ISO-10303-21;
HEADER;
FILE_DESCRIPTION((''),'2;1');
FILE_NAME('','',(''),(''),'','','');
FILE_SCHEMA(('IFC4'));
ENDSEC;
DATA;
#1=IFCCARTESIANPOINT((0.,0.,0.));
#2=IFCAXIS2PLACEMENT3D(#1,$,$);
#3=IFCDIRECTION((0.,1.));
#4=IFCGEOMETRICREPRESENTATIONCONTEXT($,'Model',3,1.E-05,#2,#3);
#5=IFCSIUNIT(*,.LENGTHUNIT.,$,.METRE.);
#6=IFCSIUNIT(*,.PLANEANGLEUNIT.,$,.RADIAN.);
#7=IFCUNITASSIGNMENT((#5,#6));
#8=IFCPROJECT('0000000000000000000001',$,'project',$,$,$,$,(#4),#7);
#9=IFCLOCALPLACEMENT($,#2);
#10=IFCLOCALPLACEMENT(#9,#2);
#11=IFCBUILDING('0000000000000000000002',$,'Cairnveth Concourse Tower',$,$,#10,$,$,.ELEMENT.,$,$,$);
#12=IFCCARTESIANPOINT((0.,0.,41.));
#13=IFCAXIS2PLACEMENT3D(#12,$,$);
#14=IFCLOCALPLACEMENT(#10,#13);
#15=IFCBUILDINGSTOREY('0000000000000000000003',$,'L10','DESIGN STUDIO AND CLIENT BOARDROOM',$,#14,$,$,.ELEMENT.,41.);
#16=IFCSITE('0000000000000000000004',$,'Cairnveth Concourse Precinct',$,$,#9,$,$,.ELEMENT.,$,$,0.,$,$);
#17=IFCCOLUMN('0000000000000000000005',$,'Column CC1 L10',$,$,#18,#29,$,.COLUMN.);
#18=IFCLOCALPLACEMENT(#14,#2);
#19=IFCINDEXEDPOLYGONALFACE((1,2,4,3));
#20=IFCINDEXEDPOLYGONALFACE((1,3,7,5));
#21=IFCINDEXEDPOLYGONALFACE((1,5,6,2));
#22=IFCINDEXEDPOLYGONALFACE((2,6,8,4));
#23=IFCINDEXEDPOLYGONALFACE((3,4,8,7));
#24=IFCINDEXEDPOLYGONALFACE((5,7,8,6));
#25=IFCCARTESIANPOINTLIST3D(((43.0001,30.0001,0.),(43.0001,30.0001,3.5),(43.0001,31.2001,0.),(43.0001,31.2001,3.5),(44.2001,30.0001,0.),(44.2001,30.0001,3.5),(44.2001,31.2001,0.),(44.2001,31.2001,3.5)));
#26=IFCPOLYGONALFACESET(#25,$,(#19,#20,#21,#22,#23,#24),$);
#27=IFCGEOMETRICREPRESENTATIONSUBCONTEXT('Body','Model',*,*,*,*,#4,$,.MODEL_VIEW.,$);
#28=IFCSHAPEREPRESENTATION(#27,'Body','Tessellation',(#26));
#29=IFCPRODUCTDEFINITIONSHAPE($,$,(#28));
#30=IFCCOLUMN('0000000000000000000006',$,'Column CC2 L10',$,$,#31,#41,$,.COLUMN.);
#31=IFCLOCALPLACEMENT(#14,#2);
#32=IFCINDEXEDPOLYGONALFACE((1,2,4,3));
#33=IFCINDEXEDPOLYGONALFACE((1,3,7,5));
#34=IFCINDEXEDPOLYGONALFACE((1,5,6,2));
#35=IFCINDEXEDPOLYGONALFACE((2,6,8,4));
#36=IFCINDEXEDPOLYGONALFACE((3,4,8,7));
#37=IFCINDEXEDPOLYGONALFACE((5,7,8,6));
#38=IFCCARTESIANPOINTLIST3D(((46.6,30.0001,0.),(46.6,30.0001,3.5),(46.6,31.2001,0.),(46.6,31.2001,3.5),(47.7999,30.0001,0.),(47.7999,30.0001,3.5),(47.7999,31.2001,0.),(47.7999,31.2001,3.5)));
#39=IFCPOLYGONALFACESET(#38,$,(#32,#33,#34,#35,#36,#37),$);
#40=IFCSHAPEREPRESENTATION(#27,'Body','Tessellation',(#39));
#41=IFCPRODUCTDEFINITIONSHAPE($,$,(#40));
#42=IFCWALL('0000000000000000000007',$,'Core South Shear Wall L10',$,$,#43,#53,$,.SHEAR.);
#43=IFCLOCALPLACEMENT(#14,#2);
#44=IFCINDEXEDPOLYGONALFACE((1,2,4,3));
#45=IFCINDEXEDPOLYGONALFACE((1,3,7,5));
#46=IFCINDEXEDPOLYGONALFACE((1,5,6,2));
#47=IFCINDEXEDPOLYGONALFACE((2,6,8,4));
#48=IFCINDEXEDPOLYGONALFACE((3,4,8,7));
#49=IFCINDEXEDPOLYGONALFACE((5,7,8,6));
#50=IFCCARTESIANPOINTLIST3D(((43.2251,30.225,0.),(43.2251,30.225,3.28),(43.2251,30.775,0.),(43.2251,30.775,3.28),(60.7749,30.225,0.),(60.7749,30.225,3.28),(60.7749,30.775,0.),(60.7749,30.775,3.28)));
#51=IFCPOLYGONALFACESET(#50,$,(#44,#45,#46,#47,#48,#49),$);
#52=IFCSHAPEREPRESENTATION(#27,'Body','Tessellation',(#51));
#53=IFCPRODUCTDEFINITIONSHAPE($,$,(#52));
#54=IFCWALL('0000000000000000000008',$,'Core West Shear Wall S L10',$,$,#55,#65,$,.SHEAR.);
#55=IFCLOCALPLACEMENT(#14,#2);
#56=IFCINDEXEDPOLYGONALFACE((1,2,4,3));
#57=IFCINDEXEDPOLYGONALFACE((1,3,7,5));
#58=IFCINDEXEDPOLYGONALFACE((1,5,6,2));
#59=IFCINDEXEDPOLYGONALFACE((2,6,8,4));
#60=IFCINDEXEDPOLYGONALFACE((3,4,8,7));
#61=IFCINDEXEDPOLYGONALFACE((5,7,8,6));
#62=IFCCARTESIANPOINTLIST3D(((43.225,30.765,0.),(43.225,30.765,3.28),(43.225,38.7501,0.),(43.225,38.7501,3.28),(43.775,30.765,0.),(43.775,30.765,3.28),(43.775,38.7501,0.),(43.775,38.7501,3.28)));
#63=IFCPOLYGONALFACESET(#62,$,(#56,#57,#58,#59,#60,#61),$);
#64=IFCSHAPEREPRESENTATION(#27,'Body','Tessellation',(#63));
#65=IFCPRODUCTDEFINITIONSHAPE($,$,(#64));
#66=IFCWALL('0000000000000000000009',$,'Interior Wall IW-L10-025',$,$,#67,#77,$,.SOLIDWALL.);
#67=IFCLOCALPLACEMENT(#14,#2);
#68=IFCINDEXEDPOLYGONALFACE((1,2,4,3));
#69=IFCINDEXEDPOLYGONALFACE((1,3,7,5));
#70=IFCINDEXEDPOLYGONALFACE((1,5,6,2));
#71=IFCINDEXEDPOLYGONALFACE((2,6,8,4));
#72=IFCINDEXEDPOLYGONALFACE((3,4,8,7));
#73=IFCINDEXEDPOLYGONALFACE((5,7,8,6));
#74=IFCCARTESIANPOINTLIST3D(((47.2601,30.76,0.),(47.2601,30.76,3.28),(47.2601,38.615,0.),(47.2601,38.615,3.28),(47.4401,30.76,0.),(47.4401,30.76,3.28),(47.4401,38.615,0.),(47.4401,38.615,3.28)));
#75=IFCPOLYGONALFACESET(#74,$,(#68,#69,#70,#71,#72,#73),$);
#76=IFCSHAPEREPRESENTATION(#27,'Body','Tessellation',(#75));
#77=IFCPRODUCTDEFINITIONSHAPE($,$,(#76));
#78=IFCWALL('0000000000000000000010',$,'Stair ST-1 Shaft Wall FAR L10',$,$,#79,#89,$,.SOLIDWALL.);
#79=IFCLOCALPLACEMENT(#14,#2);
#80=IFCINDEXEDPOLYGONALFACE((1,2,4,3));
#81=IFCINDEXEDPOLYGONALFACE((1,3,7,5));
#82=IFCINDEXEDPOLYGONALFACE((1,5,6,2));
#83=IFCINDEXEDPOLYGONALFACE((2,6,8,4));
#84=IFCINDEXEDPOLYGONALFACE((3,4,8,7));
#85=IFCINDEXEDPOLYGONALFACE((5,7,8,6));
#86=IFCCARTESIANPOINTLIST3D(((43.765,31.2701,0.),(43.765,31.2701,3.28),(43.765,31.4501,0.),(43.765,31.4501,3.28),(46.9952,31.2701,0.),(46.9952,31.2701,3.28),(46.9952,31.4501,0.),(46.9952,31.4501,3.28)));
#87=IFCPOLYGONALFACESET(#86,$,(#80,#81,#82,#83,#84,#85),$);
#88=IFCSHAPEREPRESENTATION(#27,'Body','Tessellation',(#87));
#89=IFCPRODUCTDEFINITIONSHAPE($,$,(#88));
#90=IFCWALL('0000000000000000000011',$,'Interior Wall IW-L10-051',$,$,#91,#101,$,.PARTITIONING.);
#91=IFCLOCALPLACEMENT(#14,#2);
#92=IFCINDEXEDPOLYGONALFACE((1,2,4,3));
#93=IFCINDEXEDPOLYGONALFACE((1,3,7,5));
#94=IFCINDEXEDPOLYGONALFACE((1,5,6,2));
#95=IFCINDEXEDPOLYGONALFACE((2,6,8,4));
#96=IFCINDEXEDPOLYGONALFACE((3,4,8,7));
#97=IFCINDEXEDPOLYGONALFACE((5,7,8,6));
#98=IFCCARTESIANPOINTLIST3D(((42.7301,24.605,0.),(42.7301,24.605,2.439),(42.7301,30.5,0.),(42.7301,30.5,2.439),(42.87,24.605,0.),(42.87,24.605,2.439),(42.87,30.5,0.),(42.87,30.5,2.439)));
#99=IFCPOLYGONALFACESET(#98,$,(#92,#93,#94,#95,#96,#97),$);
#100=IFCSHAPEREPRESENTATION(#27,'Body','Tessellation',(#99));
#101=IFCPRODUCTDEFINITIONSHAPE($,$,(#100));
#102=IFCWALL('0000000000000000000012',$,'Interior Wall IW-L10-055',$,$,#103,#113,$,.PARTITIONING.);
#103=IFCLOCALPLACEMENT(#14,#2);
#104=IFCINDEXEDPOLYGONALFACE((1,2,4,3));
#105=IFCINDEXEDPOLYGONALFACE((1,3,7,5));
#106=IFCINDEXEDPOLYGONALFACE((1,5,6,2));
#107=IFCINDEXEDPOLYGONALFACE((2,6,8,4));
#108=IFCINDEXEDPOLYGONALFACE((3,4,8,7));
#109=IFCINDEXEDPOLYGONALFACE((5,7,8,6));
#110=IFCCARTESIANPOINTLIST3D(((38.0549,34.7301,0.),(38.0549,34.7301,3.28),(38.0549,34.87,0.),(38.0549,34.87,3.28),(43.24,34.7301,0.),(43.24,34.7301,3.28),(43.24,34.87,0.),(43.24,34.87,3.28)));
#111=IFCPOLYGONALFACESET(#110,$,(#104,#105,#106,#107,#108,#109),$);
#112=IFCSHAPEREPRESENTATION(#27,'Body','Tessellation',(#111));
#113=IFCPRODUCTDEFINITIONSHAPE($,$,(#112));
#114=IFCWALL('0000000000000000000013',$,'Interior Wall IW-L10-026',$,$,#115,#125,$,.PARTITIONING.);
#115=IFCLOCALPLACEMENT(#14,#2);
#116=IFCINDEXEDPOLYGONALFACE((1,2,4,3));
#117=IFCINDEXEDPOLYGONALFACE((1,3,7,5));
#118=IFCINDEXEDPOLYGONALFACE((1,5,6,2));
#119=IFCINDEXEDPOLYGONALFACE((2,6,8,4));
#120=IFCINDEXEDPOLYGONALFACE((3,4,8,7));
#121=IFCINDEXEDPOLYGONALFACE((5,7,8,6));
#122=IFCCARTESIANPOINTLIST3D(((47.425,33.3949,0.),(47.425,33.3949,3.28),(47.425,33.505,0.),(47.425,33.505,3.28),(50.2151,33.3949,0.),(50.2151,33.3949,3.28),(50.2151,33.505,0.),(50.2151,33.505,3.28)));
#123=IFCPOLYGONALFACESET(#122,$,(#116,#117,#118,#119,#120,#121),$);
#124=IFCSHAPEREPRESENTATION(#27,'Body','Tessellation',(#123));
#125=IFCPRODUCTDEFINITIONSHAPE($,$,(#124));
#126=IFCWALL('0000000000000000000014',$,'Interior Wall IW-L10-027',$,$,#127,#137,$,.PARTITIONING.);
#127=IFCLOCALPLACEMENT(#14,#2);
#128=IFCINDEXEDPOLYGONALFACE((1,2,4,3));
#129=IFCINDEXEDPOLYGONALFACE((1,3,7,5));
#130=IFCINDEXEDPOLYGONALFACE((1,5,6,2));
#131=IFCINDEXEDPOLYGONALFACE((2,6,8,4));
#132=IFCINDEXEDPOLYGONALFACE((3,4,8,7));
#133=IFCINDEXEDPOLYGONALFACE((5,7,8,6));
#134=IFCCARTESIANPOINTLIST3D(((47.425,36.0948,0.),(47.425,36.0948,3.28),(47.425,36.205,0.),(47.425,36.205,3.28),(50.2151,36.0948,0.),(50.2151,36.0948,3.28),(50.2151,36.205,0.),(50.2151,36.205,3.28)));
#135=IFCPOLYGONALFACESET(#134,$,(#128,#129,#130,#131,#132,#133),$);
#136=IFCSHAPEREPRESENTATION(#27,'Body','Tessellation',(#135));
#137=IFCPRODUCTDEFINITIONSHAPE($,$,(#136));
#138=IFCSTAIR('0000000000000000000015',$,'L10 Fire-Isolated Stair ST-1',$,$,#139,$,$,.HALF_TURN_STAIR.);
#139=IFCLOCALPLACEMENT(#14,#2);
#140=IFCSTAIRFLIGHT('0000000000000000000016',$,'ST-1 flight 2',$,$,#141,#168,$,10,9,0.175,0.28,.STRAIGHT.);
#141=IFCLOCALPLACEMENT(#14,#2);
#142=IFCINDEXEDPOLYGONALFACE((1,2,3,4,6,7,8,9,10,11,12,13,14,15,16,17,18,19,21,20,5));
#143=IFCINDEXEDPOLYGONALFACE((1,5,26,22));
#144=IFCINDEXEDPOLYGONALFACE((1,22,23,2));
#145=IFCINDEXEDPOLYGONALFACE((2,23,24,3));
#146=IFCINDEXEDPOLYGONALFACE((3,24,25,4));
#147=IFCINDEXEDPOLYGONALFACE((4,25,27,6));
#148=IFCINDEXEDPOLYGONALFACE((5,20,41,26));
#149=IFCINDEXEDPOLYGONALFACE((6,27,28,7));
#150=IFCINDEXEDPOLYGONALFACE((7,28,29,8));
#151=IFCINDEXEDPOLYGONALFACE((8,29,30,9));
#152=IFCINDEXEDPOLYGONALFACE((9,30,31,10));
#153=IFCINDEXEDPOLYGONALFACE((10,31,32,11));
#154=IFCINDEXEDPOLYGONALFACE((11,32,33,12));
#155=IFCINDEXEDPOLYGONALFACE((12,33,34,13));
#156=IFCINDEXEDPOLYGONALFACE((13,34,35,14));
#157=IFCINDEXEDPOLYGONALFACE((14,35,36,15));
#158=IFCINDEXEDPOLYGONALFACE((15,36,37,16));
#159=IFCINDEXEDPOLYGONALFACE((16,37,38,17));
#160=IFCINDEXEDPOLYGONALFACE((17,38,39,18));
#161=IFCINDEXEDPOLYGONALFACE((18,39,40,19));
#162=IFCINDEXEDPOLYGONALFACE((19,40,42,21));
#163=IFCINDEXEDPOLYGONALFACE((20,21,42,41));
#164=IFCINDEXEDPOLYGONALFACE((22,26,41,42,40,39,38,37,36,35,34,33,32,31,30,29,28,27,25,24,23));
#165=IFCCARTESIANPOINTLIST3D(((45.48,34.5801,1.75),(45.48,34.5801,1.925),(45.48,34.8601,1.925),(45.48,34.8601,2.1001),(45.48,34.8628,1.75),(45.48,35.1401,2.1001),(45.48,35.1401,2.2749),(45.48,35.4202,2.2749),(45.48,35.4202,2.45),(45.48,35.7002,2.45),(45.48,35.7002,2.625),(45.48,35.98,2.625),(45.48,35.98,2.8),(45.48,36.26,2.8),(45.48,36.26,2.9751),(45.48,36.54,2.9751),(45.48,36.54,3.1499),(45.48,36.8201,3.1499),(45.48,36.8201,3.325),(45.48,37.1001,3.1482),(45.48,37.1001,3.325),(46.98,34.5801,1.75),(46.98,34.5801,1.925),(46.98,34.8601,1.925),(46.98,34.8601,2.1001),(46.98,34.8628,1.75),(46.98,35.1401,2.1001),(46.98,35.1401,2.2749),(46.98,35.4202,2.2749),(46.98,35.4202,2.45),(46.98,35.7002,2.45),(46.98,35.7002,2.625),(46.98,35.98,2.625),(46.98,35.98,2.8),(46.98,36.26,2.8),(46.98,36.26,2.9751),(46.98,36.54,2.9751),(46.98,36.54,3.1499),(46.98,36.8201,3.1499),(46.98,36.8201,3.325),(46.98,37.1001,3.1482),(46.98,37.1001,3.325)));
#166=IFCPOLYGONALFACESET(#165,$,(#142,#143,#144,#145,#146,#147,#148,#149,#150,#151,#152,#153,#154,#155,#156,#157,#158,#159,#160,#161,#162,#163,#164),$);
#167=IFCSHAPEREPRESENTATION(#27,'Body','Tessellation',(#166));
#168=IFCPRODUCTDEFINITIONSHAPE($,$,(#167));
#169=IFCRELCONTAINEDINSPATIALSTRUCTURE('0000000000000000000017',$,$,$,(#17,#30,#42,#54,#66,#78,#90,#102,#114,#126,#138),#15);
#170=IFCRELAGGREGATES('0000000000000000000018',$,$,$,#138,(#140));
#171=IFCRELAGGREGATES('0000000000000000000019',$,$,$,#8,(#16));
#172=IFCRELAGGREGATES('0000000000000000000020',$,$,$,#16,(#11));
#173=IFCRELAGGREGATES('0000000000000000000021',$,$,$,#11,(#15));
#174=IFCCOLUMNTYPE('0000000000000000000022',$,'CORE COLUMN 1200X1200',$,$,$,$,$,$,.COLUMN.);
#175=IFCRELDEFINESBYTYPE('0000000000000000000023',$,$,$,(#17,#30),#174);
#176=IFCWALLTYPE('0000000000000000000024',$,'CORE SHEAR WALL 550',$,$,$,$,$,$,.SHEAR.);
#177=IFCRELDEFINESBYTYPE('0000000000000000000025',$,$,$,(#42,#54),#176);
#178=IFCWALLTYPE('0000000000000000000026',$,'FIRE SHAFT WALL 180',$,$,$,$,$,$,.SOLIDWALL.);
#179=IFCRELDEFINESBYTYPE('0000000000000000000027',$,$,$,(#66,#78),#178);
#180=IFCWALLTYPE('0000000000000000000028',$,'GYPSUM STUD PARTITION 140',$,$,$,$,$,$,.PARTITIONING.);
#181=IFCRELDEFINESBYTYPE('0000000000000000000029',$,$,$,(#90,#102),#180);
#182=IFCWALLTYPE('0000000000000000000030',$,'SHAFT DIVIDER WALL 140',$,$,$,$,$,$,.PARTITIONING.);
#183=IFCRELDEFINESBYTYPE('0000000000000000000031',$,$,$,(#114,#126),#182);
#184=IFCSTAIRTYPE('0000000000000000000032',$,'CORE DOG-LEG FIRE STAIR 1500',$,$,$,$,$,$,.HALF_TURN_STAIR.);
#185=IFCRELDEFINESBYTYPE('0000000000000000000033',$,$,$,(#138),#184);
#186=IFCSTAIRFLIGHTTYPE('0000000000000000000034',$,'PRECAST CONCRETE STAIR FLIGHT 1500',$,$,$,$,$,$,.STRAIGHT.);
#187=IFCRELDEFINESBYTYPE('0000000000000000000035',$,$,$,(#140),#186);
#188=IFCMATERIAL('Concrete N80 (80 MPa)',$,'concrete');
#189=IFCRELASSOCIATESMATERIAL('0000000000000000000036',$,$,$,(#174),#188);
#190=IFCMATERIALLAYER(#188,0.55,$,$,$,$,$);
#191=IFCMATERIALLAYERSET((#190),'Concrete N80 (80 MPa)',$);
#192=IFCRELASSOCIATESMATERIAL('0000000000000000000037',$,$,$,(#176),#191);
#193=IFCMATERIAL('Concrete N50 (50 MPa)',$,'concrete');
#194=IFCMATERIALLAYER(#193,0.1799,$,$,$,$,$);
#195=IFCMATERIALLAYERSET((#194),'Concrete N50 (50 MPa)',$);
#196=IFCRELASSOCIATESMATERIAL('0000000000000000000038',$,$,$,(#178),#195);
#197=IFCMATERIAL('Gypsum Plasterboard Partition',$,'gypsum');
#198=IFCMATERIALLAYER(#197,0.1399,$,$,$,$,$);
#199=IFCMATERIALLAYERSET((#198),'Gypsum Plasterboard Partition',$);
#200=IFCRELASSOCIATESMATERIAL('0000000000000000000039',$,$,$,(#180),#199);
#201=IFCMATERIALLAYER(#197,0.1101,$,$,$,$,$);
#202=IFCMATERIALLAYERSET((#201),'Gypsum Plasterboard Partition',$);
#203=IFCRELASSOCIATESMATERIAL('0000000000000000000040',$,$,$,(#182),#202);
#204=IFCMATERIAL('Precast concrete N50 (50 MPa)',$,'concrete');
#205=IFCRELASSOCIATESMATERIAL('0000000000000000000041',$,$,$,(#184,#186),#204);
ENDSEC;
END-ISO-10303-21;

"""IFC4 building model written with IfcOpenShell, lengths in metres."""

from ifc_helpers import new_model, si_unit, direction, frame, frame_2d, origin, origin_2d, place, context, subcontext, project, spatial, polyline, rectangle, outline, extrude, material, layer, layer_set, material_profile, profile_set, type_object, element, aggregate, save


model = new_model("IFC4")

# Units and contexts
model_context = context("Model", 3, precision=1e-05, world=origin(), true_north=direction((0.0, 1.0)))
body_context = subcontext(model_context, "Body", "Model", "MODEL_VIEW")
ifc_project = project(units=[si_unit("LENGTHUNIT", "METRE"), si_unit("PLANEANGLEUNIT", "RADIAN")], contexts=[model_context])

# Site, building, storey
site_placement = place(None, origin())
site = spatial("IfcSite", under=ifc_project, at=site_placement, Name="Cairnveth Concourse Precinct", CompositionType="ELEMENT", RefElevation=0.0)
building_placement = place(site_placement, origin())
building = spatial("IfcBuilding", under=site, at=building_placement, Name="Cairnveth Concourse Tower", CompositionType="ELEMENT")
storey_placement = place(building_placement, frame((0.0, 0.0, 41.0)))
storey = spatial("IfcBuildingStorey", under=building, at=storey_placement, Name="L10", Description="DESIGN STUDIO AND CLIENT BOARDROOM", CompositionType="ELEMENT", Elevation=41.0)

# Columns
ifc_material_1 = material(Name="Concrete N80 (80 MPa)", Category="concrete")
ifc_material_profile = material_profile(ifc_material_1, rectangle(XDim=1.2, YDim=1.2, at=origin_2d()), Name="RC-COL-1200x1200")
ifc_profile_set = profile_set([ifc_material_profile], Name="Concrete N80 (80 MPa)")
column_type = type_object("IfcColumnType", Name="CORE COLUMN 1200X1200", PredefinedType="COLUMN", material=ifc_profile_set)
for number, where, z_axis, x_axis, name in (
    (1, (43.6001, 30.6001, 0.0), (0.0, 0.0, 1.0), (1.0, 0.0, 0.0), "Column CC1 L10"),
    (2, (47.2, 30.6001, 0.0), (0.0, 0.0, 1.0), (1.0, 0.0, 0.0), "Column CC2 L10"),
):
    element("IfcColumn", number, at=place(storey_placement, frame(where, z_axis=z_axis, x_axis=x_axis)), inside=storey, type_object=column_type, Name=name, PredefinedType="COLUMN", context=body_context, shape_type="SweptSolid", body=[
        extrude(rectangle(XDim=1.2, YDim=1.2, at=origin_2d()), origin(), (0.0, 0.0, 1.0), 3.5),
    ])

# Walls
ifc_layer_1 = layer(ifc_material_1, 0.55)
ifc_layer_set_1 = layer_set([ifc_layer_1], Name="Concrete N80 (80 MPa)")
wall_type_1 = type_object("IfcWallType", Name="CORE SHEAR WALL 550", PredefinedType="SHEAR", material=ifc_layer_set_1)
wall_1_placement = place(storey_placement, frame((43.2251, 30.5, 0.0), z_axis=(0.0, 0.0, 1.0), x_axis=(1.0, 0.0, 0.0)))
element("IfcWall", 3, at=wall_1_placement, inside=storey, type_object=wall_type_1, Name="Core South Shear Wall L10", PredefinedType="SHEAR", context=body_context, shape_type="SweptSolid", body=[
    extrude(rectangle(XDim=17.5498, YDim=0.55, at=frame_2d((8.7749, 0.0))), origin(), (0.0, 0.0, 1.0), 3.28),
])
wall_2_placement = place(storey_placement, frame((43.5, 30.7649, 0.0), z_axis=(0.0, 0.0, 1.0), x_axis=(0.0, 1.0, 0.0)))
element("IfcWall", 4, at=wall_2_placement, inside=storey, type_object=wall_type_1, Name="Core West Shear Wall S L10", PredefinedType="SHEAR", context=body_context, shape_type="SweptSolid", body=[
    extrude(rectangle(XDim=7.9851, YDim=0.55, at=frame_2d((3.9927, 0.0))), origin(), (0.0, 0.0, 1.0), 3.28),
])
ifc_material_2 = material(Name="Concrete N50 (50 MPa)", Category="concrete")
ifc_layer_2 = layer(ifc_material_2, 0.1799)
ifc_layer_set_2 = layer_set([ifc_layer_2], Name="Concrete N50 (50 MPa)")
wall_type_2 = type_object("IfcWallType", Name="FIRE SHAFT WALL 180", PredefinedType="SOLIDWALL", material=ifc_layer_set_2)
wall_3_placement = place(storey_placement, frame((47.3501, 30.76, 0.0), z_axis=(0.0, 0.0, 1.0), x_axis=(0.0, 1.0, 0.0)))
element("IfcWall", 5, at=wall_3_placement, inside=storey, type_object=wall_type_2, Name="Interior Wall IW-L10-025", PredefinedType="SOLIDWALL", context=body_context, shape_type="SweptSolid", body=[
    extrude(rectangle(XDim=7.855, YDim=0.1799, at=frame_2d((3.9275, 0.0))), origin(), (0.0, 0.0, 1.0), 3.28),
])
wall_4_placement = place(storey_placement, frame((43.7649, 31.3601, 0.0), z_axis=(0.0, 0.0, 1.0), x_axis=(1.0, 0.0, 0.0)))
element("IfcWall", 6, at=wall_4_placement, inside=storey, type_object=wall_type_2, Name="Stair ST-1 Shaft Wall FAR L10", PredefinedType="SOLIDWALL", context=body_context, shape_type="SweptSolid", body=[
    extrude(rectangle(XDim=3.2302, YDim=0.1799, at=frame_2d((1.6152, 0.0))), origin(), (0.0, 0.0, 1.0), 3.28),
])
ifc_material_3 = material(Name="Gypsum Plasterboard Partition", Category="gypsum")
ifc_layer_3 = layer(ifc_material_3, 0.1399)
ifc_layer_set_3 = layer_set([ifc_layer_3], Name="Gypsum Plasterboard Partition")
wall_type_3 = type_object("IfcWallType", Name="GYPSUM STUD PARTITION 140", PredefinedType="PARTITIONING", material=ifc_layer_set_3)
wall_5_placement = place(storey_placement, frame((42.8, 24.605, 0.0), z_axis=(0.0, 0.0, 1.0), x_axis=(0.0, 1.0, 0.0)))
element("IfcWall", 7, at=wall_5_placement, inside=storey, type_object=wall_type_3, Name="Interior Wall IW-L10-051", PredefinedType="PARTITIONING", context=body_context, shape_type="SweptSolid", body=[
    extrude(rectangle(XDim=5.895, YDim=0.1399, at=frame_2d((2.9475, 0.0))), origin(), (0.0, 0.0, 1.0), 2.439),
])
wall_6_placement = place(storey_placement, frame((38.0549, 34.8, 0.0), z_axis=(0.0, 0.0, 1.0), x_axis=(1.0, 0.0, 0.0)))
element("IfcWall", 8, at=wall_6_placement, inside=storey, type_object=wall_type_3, Name="Interior Wall IW-L10-055", PredefinedType="PARTITIONING", context=body_context, shape_type="SweptSolid", body=[
    extrude(rectangle(XDim=5.1851, YDim=0.1399, at=frame_2d((2.5925, 0.0))), origin(), (0.0, 0.0, 1.0), 3.28),
])
ifc_layer_4 = layer(ifc_material_3, 0.1101)
ifc_layer_set_4 = layer_set([ifc_layer_4], Name="Gypsum Plasterboard Partition")
wall_type_4 = type_object("IfcWallType", Name="SHAFT DIVIDER WALL 140", PredefinedType="PARTITIONING", material=ifc_layer_set_4)
for number, where, z_axis, x_axis, name in (
    (9, (47.425, 33.45, 0.0), (0.0, 0.0, 1.0), (1.0, 0.0, 0.0), "Interior Wall IW-L10-026"),
    (10, (47.425, 36.1499, 0.0), (0.0, 0.0, 1.0), (1.0, 0.0, 0.0), "Interior Wall IW-L10-027"),
):
    element("IfcWall", number, at=place(storey_placement, frame(where, z_axis=z_axis, x_axis=x_axis)), inside=storey, type_object=wall_type_4, Name=name, PredefinedType="PARTITIONING", context=body_context, shape_type="SweptSolid", body=[
        extrude(rectangle(XDim=2.79, YDim=0.1101, at=frame_2d((1.395, 0.0))), origin(), (0.0, 0.0, 1.0), 3.28),
    ])

# Stair, stair flight
ifc_material_4 = material(Name="Precast concrete N50 (50 MPa)", Category="concrete")
stair_type = type_object("IfcStairType", Name="CORE DOG-LEG FIRE STAIR 1500", PredefinedType="HALF_TURN_STAIR", material=ifc_material_4)
stair_placement = place(storey_placement, origin())
stair = element("IfcStair", 11, at=stair_placement, inside=storey, type_object=stair_type, Name="L10 Fire-Isolated Stair ST-1", PredefinedType="HALF_TURN_STAIR")
stair_flight_type = type_object("IfcStairFlightType", Name="PRECAST CONCRETE STAIR FLIGHT 1500", PredefinedType="STRAIGHT", material=ifc_material_4)
stair_flight_placement = place(storey_placement, frame((46.23, 34.5801, 1.75), z_axis=(0.0, 0.0, 1.0), x_axis=(0.0, 1.0, 0.0)))
stair_flight = element("IfcStairFlight", 12, at=stair_flight_placement, type_object=stair_flight_type, Name="ST-1 flight 2", NumberOfRisers=10, NumberOfTreads=9, PredefinedType="STRAIGHT", RiserHeight=0.175, TreadLength=0.28, context=body_context, shape_type="SweptSolid", body=[
    extrude(outline(polyline([(0.0, 0.0), (0.0, 0.175), (0.28, 0.175), (0.28, 0.3501), (0.5601, 0.3501), (0.5601, 0.5249), (0.8401, 0.5249), (0.8401, 0.7), (1.1201, 0.7), (1.1201, 0.875), (1.3999, 0.875), (1.3999, 1.05), (1.6799, 1.05), (1.6799, 1.2251), (1.96, 1.2251), (1.96, 1.3999), (2.24, 1.3999), (2.24, 1.575), (2.52, 1.575), (2.52, 1.75), (2.52, 1.3982), (0.2827, 0.0), (0.0, 0.0)])), frame((0.0, 0.75, 0.0), z_axis=(0.0, -1.0, 0.0), x_axis=(1.0, 0.0, 0.0)), (0.0, 0.0, 1.0), 1.5),
])
aggregate(stair, [stair_flight])

save(model, "model.ifc")
